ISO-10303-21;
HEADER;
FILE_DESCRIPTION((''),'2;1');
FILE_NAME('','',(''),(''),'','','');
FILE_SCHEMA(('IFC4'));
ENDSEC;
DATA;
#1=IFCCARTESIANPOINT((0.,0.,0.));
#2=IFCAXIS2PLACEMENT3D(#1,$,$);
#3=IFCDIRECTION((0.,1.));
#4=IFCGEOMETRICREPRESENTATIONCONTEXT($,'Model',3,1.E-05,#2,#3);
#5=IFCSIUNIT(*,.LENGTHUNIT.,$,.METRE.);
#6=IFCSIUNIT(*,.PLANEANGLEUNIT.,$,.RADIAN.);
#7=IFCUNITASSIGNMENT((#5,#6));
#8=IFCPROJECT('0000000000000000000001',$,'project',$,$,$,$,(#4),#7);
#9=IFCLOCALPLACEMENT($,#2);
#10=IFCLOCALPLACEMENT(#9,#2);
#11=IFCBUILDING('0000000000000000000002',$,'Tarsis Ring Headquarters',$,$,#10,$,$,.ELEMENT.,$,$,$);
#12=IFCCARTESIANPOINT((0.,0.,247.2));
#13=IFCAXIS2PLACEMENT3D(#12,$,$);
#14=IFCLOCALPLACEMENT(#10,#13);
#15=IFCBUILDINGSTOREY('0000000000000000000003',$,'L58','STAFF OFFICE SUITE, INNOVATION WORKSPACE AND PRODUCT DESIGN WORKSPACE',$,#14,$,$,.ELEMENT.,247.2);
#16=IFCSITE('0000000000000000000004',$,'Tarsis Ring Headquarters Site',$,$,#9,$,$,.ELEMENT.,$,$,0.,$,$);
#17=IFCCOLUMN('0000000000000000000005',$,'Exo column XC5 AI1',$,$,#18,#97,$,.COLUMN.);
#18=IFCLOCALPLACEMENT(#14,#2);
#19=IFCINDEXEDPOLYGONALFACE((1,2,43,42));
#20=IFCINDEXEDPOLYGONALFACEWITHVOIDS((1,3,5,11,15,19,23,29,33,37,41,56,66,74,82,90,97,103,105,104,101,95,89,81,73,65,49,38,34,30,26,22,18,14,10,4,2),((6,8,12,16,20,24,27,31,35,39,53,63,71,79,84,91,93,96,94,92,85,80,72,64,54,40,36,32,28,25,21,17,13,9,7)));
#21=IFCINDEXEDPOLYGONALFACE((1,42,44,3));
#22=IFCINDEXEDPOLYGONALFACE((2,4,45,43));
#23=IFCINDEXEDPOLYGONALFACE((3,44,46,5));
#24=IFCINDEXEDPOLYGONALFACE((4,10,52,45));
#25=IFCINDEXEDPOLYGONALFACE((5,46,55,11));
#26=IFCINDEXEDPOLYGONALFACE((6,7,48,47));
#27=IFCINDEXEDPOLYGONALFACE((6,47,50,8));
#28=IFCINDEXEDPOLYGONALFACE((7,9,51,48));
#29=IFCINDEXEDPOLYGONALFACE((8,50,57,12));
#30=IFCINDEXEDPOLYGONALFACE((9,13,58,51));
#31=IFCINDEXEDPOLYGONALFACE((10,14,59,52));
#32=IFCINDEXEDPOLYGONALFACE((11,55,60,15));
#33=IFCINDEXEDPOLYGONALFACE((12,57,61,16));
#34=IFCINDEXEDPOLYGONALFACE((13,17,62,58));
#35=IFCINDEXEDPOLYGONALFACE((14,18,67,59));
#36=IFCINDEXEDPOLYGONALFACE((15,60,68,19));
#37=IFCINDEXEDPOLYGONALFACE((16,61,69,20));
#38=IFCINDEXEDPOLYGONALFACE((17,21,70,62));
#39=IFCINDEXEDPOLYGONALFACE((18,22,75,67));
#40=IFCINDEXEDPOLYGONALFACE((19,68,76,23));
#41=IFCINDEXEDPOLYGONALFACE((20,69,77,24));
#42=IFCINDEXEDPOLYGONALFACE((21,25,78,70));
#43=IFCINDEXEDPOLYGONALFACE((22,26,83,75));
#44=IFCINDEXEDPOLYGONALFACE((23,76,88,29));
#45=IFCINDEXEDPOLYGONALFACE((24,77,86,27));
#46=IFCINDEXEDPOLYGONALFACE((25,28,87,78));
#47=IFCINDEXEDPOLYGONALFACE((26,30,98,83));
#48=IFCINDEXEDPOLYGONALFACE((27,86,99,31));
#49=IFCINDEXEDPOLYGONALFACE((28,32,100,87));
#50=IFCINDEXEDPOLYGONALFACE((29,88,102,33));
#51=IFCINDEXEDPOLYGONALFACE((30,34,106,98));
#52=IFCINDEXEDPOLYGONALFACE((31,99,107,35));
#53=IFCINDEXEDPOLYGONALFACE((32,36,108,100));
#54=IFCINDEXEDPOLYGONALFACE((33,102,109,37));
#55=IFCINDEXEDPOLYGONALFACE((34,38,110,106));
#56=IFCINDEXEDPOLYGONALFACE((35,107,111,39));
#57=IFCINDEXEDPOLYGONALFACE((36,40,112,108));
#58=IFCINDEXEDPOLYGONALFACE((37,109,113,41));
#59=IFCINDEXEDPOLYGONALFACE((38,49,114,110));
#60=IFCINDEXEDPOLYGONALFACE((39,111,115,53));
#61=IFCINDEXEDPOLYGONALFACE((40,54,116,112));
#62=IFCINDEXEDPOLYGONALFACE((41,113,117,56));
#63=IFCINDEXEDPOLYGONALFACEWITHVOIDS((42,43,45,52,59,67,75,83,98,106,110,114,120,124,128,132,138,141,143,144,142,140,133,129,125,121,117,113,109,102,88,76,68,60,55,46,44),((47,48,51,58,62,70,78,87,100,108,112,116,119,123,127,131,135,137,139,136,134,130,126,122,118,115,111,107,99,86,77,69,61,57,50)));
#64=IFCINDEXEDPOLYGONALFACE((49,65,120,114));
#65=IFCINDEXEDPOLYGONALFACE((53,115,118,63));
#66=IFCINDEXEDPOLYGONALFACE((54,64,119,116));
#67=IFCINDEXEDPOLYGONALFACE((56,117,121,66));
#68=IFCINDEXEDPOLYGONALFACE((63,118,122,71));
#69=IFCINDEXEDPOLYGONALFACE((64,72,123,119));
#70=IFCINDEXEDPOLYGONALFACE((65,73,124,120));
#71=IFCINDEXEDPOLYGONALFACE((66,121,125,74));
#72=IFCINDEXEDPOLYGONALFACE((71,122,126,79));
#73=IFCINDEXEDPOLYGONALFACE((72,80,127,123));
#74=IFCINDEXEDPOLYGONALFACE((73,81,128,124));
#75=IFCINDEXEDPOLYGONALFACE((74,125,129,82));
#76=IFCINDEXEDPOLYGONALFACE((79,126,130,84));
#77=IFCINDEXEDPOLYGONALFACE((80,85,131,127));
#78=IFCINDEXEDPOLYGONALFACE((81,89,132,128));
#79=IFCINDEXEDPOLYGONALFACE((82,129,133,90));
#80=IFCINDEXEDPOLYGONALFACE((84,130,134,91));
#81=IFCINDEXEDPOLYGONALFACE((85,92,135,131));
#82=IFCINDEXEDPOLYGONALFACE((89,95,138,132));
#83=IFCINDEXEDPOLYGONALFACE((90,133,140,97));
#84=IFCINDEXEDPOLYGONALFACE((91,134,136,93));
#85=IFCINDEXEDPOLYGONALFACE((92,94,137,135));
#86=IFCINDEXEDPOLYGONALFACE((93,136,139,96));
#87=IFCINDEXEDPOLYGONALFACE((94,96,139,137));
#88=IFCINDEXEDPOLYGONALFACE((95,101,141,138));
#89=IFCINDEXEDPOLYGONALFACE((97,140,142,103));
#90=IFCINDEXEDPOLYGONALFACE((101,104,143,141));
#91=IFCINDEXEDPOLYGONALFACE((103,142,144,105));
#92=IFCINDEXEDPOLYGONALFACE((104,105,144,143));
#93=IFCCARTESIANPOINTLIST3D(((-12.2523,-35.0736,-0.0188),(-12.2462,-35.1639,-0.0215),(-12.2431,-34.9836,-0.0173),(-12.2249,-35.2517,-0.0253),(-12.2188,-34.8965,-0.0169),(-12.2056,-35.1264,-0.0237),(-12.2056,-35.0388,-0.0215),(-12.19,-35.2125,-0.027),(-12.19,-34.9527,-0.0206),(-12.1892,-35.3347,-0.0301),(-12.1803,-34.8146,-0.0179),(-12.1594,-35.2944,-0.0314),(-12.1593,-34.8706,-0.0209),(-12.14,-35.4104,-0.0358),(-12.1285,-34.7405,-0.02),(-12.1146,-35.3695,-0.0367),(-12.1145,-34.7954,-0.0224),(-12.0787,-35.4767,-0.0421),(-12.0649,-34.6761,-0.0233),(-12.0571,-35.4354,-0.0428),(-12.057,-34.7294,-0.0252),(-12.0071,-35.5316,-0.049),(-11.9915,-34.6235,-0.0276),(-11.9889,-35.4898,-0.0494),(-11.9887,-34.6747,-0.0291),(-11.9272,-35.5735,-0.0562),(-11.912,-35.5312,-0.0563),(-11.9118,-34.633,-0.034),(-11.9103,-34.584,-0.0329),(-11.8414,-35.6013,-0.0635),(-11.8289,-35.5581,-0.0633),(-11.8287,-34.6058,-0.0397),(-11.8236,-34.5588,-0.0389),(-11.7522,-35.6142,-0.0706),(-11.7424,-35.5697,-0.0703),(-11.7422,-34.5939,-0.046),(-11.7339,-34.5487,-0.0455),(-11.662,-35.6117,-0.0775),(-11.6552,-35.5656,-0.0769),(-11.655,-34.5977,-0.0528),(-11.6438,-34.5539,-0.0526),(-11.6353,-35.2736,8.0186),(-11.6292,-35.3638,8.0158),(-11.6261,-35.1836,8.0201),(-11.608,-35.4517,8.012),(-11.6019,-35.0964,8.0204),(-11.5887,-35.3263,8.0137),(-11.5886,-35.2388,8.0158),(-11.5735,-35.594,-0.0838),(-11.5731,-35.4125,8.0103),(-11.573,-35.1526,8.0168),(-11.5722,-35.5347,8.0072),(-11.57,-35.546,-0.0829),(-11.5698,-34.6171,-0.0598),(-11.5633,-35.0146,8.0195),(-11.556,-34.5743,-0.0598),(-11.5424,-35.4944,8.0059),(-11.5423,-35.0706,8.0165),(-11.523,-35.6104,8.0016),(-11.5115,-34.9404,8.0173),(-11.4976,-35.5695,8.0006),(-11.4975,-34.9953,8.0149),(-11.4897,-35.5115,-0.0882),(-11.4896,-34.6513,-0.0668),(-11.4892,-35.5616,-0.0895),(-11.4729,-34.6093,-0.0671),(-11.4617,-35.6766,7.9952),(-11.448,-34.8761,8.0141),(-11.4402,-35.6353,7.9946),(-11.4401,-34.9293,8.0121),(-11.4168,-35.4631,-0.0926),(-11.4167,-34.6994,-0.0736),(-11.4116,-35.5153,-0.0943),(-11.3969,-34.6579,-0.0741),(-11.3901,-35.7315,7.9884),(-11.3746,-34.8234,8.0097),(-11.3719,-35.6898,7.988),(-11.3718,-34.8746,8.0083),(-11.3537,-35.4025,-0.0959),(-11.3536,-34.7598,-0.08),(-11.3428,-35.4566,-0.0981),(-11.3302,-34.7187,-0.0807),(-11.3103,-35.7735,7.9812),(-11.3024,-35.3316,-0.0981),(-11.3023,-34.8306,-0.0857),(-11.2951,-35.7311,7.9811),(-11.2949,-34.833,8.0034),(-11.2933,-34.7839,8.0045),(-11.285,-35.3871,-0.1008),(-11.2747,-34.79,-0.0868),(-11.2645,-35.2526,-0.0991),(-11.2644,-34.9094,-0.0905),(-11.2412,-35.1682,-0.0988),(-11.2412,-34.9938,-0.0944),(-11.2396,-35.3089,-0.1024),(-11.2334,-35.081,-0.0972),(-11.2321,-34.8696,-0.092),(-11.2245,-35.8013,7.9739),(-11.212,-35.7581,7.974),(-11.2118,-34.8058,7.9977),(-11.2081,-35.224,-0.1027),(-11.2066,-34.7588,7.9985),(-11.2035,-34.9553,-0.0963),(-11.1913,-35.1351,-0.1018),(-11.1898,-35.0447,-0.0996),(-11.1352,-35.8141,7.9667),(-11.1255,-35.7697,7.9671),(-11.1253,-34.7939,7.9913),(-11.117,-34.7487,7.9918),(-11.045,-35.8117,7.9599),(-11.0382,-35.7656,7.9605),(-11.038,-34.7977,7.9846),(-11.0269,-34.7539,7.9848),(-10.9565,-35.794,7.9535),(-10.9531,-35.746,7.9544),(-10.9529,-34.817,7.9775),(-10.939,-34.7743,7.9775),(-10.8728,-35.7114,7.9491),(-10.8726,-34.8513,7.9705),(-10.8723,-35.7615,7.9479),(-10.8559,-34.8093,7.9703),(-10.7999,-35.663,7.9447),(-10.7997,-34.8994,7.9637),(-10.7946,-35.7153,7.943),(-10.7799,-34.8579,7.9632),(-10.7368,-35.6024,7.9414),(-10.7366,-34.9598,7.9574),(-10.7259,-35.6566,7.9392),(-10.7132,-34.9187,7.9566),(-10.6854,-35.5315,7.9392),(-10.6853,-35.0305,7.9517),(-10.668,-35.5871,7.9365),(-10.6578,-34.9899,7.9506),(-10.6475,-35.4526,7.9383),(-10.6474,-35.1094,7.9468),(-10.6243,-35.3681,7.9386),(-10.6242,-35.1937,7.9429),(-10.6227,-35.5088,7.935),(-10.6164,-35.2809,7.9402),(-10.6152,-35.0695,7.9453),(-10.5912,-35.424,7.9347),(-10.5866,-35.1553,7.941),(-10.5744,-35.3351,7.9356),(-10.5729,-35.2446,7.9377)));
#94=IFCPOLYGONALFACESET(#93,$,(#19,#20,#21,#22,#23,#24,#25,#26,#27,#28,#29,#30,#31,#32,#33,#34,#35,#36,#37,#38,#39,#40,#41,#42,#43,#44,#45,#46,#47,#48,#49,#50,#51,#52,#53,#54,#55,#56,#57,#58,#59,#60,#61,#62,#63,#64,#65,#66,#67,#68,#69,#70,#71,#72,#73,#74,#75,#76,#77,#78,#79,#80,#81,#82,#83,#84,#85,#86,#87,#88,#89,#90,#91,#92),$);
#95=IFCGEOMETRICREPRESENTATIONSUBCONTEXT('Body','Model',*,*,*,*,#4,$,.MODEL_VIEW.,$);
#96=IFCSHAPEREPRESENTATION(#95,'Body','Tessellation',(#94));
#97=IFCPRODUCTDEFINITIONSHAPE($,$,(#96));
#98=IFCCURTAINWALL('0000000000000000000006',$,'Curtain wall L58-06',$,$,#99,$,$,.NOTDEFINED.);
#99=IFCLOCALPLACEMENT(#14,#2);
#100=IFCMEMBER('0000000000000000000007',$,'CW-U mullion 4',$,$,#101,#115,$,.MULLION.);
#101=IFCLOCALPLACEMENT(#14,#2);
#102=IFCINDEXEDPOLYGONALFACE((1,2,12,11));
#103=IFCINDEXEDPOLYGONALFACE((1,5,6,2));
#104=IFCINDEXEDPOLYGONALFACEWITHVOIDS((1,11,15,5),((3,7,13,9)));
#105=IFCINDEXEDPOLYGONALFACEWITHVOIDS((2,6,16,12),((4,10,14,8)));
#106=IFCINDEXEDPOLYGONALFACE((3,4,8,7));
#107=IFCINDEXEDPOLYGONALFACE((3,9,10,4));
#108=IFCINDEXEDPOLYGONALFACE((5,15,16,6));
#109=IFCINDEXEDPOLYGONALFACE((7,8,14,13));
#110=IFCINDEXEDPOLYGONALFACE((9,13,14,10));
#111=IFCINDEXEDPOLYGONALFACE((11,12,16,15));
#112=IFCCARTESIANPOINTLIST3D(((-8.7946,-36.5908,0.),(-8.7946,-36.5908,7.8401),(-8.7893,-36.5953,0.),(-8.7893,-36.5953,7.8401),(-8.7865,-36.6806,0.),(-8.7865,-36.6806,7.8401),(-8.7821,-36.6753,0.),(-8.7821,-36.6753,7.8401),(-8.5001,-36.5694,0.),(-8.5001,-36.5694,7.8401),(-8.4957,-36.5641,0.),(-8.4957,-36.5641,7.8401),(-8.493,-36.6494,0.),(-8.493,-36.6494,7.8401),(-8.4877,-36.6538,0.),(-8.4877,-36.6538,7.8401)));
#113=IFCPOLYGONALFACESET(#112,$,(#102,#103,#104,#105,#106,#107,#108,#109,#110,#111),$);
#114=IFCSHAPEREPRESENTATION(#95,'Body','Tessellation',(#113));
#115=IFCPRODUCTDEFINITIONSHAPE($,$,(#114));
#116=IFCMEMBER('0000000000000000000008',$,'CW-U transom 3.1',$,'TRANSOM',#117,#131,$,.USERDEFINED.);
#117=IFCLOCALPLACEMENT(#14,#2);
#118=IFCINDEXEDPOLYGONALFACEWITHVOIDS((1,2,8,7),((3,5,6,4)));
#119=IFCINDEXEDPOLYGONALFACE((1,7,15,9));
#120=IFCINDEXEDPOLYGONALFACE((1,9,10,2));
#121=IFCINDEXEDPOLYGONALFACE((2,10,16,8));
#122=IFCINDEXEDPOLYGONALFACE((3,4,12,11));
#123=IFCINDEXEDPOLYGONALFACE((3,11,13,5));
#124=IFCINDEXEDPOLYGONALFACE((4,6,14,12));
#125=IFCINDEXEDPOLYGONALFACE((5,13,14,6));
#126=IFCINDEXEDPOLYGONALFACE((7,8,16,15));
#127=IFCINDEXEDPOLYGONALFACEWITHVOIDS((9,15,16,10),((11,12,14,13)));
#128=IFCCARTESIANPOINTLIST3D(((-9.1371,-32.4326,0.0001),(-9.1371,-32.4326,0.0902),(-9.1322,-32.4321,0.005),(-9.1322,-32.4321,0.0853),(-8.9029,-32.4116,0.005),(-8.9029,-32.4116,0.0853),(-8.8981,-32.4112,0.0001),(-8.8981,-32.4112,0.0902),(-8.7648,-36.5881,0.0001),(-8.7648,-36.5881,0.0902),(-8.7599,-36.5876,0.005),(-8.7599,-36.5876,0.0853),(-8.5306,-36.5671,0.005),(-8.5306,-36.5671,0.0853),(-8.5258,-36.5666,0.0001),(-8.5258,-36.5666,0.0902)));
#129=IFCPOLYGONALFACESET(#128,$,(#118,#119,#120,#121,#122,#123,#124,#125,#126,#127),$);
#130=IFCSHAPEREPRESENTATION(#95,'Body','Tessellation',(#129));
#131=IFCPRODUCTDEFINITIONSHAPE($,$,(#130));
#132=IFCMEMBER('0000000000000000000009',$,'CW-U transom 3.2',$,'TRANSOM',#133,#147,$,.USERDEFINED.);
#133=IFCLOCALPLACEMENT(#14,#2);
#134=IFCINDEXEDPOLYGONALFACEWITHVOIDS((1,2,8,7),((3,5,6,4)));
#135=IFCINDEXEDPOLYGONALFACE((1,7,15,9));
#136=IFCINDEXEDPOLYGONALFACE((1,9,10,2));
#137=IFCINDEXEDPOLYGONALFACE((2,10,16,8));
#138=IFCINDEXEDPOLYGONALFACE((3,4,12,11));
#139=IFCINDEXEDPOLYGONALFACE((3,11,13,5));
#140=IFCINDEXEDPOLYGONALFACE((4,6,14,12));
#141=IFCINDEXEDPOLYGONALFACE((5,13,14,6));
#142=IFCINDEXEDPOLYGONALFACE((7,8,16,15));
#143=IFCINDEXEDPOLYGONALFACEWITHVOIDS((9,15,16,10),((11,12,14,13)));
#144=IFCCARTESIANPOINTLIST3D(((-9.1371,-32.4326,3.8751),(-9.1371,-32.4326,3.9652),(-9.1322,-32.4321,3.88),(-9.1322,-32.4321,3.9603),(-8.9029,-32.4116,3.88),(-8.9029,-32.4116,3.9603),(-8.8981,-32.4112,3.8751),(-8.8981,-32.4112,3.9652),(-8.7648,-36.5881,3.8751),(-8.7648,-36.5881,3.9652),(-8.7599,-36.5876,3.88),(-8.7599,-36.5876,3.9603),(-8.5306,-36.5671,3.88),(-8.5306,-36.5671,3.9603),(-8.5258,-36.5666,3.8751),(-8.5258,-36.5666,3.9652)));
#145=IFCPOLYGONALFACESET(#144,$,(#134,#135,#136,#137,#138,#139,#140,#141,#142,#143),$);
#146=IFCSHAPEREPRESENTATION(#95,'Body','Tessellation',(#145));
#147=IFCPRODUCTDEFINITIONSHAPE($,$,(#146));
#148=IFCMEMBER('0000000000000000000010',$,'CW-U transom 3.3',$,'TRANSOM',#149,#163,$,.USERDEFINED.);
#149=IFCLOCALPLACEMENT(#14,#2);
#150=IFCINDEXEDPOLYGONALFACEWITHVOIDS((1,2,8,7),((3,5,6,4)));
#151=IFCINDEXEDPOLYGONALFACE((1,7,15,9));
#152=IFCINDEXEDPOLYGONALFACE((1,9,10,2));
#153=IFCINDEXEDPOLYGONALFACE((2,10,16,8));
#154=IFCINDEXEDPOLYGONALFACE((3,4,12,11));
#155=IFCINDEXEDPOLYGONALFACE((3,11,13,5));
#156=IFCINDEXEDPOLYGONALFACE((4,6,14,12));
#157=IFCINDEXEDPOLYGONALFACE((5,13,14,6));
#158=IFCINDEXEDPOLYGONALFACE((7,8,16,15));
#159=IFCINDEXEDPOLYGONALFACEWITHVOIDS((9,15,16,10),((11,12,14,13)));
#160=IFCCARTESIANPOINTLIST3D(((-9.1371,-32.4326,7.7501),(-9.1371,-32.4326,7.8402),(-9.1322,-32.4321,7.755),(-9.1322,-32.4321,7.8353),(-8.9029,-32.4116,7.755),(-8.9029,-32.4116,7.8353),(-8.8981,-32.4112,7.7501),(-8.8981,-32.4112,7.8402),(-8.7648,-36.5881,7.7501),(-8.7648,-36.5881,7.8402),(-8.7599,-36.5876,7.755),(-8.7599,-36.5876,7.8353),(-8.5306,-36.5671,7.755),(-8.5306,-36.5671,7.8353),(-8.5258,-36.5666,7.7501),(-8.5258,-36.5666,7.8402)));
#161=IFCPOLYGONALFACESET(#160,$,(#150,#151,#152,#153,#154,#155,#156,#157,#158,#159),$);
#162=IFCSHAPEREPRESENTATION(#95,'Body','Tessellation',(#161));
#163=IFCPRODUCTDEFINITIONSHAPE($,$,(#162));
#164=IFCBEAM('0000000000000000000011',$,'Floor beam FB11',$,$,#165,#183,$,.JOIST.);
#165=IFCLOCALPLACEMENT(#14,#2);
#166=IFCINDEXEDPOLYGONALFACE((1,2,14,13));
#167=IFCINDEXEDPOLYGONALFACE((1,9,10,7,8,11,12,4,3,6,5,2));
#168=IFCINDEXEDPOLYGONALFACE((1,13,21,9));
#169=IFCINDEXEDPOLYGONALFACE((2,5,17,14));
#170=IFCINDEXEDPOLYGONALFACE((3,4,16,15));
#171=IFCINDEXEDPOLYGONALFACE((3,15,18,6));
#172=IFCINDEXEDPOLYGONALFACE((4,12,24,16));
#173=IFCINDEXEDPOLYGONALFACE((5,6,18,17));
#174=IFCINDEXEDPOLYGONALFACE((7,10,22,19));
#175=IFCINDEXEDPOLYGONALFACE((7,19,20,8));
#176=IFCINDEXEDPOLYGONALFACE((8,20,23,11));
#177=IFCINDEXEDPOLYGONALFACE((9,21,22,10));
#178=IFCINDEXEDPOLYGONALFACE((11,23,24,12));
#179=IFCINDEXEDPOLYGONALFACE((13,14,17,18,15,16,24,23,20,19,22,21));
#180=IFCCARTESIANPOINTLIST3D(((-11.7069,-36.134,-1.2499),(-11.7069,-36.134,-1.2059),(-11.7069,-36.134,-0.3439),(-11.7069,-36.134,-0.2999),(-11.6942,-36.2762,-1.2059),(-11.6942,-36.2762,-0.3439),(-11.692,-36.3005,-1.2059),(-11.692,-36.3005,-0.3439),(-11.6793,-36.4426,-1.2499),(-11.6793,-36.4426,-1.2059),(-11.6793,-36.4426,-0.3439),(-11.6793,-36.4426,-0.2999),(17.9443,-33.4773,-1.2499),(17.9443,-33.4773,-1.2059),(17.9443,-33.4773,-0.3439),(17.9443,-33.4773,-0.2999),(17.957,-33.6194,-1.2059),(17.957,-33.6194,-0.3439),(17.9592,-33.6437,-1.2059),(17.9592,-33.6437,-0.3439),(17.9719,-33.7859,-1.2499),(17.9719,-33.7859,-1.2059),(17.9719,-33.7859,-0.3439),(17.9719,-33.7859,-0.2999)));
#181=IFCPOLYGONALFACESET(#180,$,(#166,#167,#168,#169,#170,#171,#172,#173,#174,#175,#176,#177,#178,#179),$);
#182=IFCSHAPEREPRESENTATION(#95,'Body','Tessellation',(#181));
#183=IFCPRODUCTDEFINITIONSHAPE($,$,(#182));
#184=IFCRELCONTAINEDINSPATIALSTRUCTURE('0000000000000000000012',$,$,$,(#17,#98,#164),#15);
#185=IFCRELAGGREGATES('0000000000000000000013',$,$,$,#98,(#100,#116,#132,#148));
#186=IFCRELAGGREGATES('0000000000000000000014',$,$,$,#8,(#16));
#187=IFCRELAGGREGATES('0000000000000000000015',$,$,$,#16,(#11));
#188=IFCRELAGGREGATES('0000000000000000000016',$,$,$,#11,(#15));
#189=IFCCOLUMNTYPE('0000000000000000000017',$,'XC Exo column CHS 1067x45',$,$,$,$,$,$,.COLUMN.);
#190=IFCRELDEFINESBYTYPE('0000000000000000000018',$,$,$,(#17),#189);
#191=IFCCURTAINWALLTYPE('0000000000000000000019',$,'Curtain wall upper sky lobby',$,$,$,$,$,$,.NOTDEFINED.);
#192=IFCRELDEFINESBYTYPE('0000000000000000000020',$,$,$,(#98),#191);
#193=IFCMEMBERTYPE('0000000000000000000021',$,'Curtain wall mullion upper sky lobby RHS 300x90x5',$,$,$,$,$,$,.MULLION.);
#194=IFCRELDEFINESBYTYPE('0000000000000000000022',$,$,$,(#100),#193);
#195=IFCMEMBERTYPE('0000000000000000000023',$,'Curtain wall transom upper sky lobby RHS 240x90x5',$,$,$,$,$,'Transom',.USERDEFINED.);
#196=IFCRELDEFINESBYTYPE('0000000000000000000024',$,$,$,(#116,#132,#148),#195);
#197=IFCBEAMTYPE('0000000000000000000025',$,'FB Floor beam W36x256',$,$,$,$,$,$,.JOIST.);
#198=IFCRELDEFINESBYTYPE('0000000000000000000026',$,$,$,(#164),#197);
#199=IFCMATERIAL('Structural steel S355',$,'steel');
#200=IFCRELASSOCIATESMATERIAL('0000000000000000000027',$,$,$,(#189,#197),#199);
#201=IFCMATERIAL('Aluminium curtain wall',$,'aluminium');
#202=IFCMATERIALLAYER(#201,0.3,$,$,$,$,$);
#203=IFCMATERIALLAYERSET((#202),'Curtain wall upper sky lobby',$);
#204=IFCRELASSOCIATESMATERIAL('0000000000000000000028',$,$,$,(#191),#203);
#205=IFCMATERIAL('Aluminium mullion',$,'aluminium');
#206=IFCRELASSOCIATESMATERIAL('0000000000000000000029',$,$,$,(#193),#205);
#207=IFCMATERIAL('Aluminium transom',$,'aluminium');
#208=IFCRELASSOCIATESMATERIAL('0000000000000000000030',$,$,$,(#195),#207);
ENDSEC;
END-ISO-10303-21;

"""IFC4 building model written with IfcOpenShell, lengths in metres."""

from ifc_helpers import new_model, si_unit, direction, frame, origin, origin_2d, place, context, subcontext, project, spatial, hollow_rectangle, hollow_circle, i_section, extrude, material, layer, layer_set, material_profile, profile_set, type_object, element, aggregate, save


model = new_model("IFC4")

# Units and contexts
model_context = context("Model", 3, precision=1e-05, world=origin(), true_north=direction((0.0, 1.0)))
body_context = subcontext(model_context, "Body", "Model", "MODEL_VIEW")
ifc_project = project(units=[si_unit("LENGTHUNIT", "METRE"), si_unit("PLANEANGLEUNIT", "RADIAN")], contexts=[model_context])

# Site, building, storey
site_placement = place(None, origin())
site = spatial("IfcSite", under=ifc_project, at=site_placement, Name="Tarsis Ring Headquarters Site", CompositionType="ELEMENT", RefElevation=0.0)
building_placement = place(site_placement, origin())
building = spatial("IfcBuilding", under=site, at=building_placement, Name="Tarsis Ring Headquarters", CompositionType="ELEMENT")
storey_placement = place(building_placement, frame((0.0, 0.0, 247.2)))
storey = spatial("IfcBuildingStorey", under=building, at=storey_placement, Name="L58", Description="STAFF OFFICE SUITE, INNOVATION WORKSPACE AND PRODUCT DESIGN WORKSPACE", CompositionType="ELEMENT", Elevation=247.2)

# Column
ifc_material_1 = material(Name="Structural steel S355", Category="steel")
ifc_material_profile_1 = material_profile(ifc_material_1, hollow_circle(Radius=0.5334, WallThickness=0.0449, at=origin_2d()), Name="CHS 1067x45")
ifc_profile_set_1 = profile_set([ifc_material_profile_1], Name="Structural steel S355")
column_type = type_object("IfcColumnType", Name="XC Exo column CHS 1067x45", PredefinedType="COLUMN", material=ifc_profile_set_1)
column_placement = place(storey_placement, frame((-11.7205, -35.0818, -0.0598), z_axis=(0.076511, -0.024797, 0.99676), x_axis=(0.308311, 0.951285, 0.0)))
element("IfcColumn", 1, at=column_placement, inside=storey, type_object=column_type, Name="Exo column XC5 AI1", PredefinedType="COLUMN", context=body_context, shape_type="SweptSolid", body=[
    extrude(hollow_circle(Radius=0.5334, WallThickness=0.0449, at=origin_2d()), origin(), (0.0, 0.0, 1.0), 8.0635),
])

# Curtain wall, members
ifc_material_2 = material(Name="Aluminium curtain wall", Category="aluminium")
ifc_layer_1 = layer(ifc_material_2, 0.3)
ifc_layer_set_1 = layer_set([ifc_layer_1], Name="Curtain wall upper sky lobby")
curtain_wall_type = type_object("IfcCurtainWallType", Name="Curtain wall upper sky lobby", PredefinedType="NOTDEFINED", material=ifc_layer_set_1)
curtain_wall_placement = place(storey_placement, origin())
curtain_wall = element("IfcCurtainWall", 2, at=curtain_wall_placement, inside=storey, type_object=curtain_wall_type, Name="Curtain wall L58-06", PredefinedType="NOTDEFINED")
ifc_material_3 = material(Name="Aluminium mullion", Category="aluminium")
ifc_material_profile_2 = material_profile(ifc_material_3, hollow_rectangle(XDim=0.3, YDim=0.0901, WallThickness=0.0049, at=origin_2d()), Name="RHS 300x90x5")
ifc_profile_set_2 = profile_set([ifc_material_profile_2], Name="Aluminium mullion")
member_type_1 = type_object("IfcMemberType", Name="Curtain wall mullion upper sky lobby RHS 300x90x5", PredefinedType="MULLION", material=ifc_profile_set_2)
member_1_placement = place(storey_placement, frame((-8.6411, -36.6223, 0.0), z_axis=(0.0, 0.0, 1.0), x_axis=(0.99601, 0.089242, 0.0)))
member_1 = element("IfcMember", 3, at=member_1_placement, type_object=member_type_1, Name="CW-U mullion 4", PredefinedType="MULLION", context=body_context, shape_type="SweptSolid", body=[
    extrude(hollow_rectangle(XDim=0.3, YDim=0.0901, WallThickness=0.0049, at=origin_2d()), origin(), (0.0, 0.0, 1.0), 7.8401),
])
ifc_material_4 = material(Name="Aluminium transom", Category="aluminium")
ifc_material_profile_3 = material_profile(ifc_material_4, hollow_rectangle(XDim=0.24, YDim=0.0901, WallThickness=0.0049, at=origin_2d()), Name="RHS 240x90x5")
ifc_profile_set_3 = profile_set([ifc_material_profile_3], Name="Aluminium transom")
member_type_2 = type_object("IfcMemberType", Name="Curtain wall transom upper sky lobby RHS 240x90x5", ElementType="Transom", PredefinedType="USERDEFINED", material=ifc_profile_set_3)
member_2_placement = place(storey_placement, frame((-9.0176, -32.4219, 0.0452), z_axis=(0.089238, -0.99601, 0.0), x_axis=(0.99601, 0.089238, 0.0)))
member_2 = element("IfcMember", 4, at=member_2_placement, type_object=member_type_2, Name="CW-U transom 3.1", ObjectType="TRANSOM", PredefinedType="USERDEFINED", context=body_context, shape_type="SweptSolid", body=[
    extrude(hollow_rectangle(XDim=0.24, YDim=0.0901, WallThickness=0.0049, at=origin_2d()), origin(), (0.0, 0.0, 1.0), 4.1721),
])
member_3_placement = place(storey_placement, frame((-9.0176, -32.4219, 3.9202), z_axis=(0.089238, -0.99601, 0.0), x_axis=(0.99601, 0.089238, 0.0)))
member_3 = element("IfcMember", 5, at=member_3_placement, type_object=member_type_2, Name="CW-U transom 3.2", ObjectType="TRANSOM", PredefinedType="USERDEFINED", context=body_context, shape_type="SweptSolid", body=[
    extrude(hollow_rectangle(XDim=0.24, YDim=0.0901, WallThickness=0.0049, at=origin_2d()), origin(), (0.0, 0.0, 1.0), 4.1721),
])
member_4_placement = place(storey_placement, frame((-9.0176, -32.4219, 7.7952), z_axis=(0.089238, -0.99601, 0.0), x_axis=(0.99601, 0.089238, 0.0)))
member_4 = element("IfcMember", 6, at=member_4_placement, type_object=member_type_2, Name="CW-U transom 3.3", ObjectType="TRANSOM", PredefinedType="USERDEFINED", context=body_context, shape_type="SweptSolid", body=[
    extrude(hollow_rectangle(XDim=0.24, YDim=0.0901, WallThickness=0.0049, at=origin_2d()), origin(), (0.0, 0.0, 1.0), 4.1721),
])

# Beam
ifc_material_profile_4 = material_profile(ifc_material_1, i_section(OverallWidth=0.3098, OverallDepth=0.95, WebThickness=0.0244, FlangeThickness=0.0439, at=origin_2d()), Name="W36x256")
ifc_profile_set_4 = profile_set([ifc_material_profile_4], Name="Structural steel S355")
beam_type = type_object("IfcBeamType", Name="FB Floor beam W36x256", PredefinedType="JOIST", material=ifc_profile_set_4)
beam_placement = place(storey_placement, frame((-11.6931, -36.2883, -0.7749), z_axis=(0.99601, 0.089242, 0.0), x_axis=(-0.089242, 0.99601, 0.0)))
element("IfcBeam", 7, at=beam_placement, inside=storey, type_object=beam_type, Name="Floor beam FB11", PredefinedType="JOIST", context=body_context, shape_type="SweptSolid", body=[
    extrude(i_section(OverallWidth=0.3098, OverallDepth=0.95, WebThickness=0.0244, FlangeThickness=0.0439, at=origin_2d()), origin(), (0.0, 0.0, 1.0), 29.77),
])

aggregate(curtain_wall, [member_1, member_2, member_3, member_4])

save(model, "model.ifc")
